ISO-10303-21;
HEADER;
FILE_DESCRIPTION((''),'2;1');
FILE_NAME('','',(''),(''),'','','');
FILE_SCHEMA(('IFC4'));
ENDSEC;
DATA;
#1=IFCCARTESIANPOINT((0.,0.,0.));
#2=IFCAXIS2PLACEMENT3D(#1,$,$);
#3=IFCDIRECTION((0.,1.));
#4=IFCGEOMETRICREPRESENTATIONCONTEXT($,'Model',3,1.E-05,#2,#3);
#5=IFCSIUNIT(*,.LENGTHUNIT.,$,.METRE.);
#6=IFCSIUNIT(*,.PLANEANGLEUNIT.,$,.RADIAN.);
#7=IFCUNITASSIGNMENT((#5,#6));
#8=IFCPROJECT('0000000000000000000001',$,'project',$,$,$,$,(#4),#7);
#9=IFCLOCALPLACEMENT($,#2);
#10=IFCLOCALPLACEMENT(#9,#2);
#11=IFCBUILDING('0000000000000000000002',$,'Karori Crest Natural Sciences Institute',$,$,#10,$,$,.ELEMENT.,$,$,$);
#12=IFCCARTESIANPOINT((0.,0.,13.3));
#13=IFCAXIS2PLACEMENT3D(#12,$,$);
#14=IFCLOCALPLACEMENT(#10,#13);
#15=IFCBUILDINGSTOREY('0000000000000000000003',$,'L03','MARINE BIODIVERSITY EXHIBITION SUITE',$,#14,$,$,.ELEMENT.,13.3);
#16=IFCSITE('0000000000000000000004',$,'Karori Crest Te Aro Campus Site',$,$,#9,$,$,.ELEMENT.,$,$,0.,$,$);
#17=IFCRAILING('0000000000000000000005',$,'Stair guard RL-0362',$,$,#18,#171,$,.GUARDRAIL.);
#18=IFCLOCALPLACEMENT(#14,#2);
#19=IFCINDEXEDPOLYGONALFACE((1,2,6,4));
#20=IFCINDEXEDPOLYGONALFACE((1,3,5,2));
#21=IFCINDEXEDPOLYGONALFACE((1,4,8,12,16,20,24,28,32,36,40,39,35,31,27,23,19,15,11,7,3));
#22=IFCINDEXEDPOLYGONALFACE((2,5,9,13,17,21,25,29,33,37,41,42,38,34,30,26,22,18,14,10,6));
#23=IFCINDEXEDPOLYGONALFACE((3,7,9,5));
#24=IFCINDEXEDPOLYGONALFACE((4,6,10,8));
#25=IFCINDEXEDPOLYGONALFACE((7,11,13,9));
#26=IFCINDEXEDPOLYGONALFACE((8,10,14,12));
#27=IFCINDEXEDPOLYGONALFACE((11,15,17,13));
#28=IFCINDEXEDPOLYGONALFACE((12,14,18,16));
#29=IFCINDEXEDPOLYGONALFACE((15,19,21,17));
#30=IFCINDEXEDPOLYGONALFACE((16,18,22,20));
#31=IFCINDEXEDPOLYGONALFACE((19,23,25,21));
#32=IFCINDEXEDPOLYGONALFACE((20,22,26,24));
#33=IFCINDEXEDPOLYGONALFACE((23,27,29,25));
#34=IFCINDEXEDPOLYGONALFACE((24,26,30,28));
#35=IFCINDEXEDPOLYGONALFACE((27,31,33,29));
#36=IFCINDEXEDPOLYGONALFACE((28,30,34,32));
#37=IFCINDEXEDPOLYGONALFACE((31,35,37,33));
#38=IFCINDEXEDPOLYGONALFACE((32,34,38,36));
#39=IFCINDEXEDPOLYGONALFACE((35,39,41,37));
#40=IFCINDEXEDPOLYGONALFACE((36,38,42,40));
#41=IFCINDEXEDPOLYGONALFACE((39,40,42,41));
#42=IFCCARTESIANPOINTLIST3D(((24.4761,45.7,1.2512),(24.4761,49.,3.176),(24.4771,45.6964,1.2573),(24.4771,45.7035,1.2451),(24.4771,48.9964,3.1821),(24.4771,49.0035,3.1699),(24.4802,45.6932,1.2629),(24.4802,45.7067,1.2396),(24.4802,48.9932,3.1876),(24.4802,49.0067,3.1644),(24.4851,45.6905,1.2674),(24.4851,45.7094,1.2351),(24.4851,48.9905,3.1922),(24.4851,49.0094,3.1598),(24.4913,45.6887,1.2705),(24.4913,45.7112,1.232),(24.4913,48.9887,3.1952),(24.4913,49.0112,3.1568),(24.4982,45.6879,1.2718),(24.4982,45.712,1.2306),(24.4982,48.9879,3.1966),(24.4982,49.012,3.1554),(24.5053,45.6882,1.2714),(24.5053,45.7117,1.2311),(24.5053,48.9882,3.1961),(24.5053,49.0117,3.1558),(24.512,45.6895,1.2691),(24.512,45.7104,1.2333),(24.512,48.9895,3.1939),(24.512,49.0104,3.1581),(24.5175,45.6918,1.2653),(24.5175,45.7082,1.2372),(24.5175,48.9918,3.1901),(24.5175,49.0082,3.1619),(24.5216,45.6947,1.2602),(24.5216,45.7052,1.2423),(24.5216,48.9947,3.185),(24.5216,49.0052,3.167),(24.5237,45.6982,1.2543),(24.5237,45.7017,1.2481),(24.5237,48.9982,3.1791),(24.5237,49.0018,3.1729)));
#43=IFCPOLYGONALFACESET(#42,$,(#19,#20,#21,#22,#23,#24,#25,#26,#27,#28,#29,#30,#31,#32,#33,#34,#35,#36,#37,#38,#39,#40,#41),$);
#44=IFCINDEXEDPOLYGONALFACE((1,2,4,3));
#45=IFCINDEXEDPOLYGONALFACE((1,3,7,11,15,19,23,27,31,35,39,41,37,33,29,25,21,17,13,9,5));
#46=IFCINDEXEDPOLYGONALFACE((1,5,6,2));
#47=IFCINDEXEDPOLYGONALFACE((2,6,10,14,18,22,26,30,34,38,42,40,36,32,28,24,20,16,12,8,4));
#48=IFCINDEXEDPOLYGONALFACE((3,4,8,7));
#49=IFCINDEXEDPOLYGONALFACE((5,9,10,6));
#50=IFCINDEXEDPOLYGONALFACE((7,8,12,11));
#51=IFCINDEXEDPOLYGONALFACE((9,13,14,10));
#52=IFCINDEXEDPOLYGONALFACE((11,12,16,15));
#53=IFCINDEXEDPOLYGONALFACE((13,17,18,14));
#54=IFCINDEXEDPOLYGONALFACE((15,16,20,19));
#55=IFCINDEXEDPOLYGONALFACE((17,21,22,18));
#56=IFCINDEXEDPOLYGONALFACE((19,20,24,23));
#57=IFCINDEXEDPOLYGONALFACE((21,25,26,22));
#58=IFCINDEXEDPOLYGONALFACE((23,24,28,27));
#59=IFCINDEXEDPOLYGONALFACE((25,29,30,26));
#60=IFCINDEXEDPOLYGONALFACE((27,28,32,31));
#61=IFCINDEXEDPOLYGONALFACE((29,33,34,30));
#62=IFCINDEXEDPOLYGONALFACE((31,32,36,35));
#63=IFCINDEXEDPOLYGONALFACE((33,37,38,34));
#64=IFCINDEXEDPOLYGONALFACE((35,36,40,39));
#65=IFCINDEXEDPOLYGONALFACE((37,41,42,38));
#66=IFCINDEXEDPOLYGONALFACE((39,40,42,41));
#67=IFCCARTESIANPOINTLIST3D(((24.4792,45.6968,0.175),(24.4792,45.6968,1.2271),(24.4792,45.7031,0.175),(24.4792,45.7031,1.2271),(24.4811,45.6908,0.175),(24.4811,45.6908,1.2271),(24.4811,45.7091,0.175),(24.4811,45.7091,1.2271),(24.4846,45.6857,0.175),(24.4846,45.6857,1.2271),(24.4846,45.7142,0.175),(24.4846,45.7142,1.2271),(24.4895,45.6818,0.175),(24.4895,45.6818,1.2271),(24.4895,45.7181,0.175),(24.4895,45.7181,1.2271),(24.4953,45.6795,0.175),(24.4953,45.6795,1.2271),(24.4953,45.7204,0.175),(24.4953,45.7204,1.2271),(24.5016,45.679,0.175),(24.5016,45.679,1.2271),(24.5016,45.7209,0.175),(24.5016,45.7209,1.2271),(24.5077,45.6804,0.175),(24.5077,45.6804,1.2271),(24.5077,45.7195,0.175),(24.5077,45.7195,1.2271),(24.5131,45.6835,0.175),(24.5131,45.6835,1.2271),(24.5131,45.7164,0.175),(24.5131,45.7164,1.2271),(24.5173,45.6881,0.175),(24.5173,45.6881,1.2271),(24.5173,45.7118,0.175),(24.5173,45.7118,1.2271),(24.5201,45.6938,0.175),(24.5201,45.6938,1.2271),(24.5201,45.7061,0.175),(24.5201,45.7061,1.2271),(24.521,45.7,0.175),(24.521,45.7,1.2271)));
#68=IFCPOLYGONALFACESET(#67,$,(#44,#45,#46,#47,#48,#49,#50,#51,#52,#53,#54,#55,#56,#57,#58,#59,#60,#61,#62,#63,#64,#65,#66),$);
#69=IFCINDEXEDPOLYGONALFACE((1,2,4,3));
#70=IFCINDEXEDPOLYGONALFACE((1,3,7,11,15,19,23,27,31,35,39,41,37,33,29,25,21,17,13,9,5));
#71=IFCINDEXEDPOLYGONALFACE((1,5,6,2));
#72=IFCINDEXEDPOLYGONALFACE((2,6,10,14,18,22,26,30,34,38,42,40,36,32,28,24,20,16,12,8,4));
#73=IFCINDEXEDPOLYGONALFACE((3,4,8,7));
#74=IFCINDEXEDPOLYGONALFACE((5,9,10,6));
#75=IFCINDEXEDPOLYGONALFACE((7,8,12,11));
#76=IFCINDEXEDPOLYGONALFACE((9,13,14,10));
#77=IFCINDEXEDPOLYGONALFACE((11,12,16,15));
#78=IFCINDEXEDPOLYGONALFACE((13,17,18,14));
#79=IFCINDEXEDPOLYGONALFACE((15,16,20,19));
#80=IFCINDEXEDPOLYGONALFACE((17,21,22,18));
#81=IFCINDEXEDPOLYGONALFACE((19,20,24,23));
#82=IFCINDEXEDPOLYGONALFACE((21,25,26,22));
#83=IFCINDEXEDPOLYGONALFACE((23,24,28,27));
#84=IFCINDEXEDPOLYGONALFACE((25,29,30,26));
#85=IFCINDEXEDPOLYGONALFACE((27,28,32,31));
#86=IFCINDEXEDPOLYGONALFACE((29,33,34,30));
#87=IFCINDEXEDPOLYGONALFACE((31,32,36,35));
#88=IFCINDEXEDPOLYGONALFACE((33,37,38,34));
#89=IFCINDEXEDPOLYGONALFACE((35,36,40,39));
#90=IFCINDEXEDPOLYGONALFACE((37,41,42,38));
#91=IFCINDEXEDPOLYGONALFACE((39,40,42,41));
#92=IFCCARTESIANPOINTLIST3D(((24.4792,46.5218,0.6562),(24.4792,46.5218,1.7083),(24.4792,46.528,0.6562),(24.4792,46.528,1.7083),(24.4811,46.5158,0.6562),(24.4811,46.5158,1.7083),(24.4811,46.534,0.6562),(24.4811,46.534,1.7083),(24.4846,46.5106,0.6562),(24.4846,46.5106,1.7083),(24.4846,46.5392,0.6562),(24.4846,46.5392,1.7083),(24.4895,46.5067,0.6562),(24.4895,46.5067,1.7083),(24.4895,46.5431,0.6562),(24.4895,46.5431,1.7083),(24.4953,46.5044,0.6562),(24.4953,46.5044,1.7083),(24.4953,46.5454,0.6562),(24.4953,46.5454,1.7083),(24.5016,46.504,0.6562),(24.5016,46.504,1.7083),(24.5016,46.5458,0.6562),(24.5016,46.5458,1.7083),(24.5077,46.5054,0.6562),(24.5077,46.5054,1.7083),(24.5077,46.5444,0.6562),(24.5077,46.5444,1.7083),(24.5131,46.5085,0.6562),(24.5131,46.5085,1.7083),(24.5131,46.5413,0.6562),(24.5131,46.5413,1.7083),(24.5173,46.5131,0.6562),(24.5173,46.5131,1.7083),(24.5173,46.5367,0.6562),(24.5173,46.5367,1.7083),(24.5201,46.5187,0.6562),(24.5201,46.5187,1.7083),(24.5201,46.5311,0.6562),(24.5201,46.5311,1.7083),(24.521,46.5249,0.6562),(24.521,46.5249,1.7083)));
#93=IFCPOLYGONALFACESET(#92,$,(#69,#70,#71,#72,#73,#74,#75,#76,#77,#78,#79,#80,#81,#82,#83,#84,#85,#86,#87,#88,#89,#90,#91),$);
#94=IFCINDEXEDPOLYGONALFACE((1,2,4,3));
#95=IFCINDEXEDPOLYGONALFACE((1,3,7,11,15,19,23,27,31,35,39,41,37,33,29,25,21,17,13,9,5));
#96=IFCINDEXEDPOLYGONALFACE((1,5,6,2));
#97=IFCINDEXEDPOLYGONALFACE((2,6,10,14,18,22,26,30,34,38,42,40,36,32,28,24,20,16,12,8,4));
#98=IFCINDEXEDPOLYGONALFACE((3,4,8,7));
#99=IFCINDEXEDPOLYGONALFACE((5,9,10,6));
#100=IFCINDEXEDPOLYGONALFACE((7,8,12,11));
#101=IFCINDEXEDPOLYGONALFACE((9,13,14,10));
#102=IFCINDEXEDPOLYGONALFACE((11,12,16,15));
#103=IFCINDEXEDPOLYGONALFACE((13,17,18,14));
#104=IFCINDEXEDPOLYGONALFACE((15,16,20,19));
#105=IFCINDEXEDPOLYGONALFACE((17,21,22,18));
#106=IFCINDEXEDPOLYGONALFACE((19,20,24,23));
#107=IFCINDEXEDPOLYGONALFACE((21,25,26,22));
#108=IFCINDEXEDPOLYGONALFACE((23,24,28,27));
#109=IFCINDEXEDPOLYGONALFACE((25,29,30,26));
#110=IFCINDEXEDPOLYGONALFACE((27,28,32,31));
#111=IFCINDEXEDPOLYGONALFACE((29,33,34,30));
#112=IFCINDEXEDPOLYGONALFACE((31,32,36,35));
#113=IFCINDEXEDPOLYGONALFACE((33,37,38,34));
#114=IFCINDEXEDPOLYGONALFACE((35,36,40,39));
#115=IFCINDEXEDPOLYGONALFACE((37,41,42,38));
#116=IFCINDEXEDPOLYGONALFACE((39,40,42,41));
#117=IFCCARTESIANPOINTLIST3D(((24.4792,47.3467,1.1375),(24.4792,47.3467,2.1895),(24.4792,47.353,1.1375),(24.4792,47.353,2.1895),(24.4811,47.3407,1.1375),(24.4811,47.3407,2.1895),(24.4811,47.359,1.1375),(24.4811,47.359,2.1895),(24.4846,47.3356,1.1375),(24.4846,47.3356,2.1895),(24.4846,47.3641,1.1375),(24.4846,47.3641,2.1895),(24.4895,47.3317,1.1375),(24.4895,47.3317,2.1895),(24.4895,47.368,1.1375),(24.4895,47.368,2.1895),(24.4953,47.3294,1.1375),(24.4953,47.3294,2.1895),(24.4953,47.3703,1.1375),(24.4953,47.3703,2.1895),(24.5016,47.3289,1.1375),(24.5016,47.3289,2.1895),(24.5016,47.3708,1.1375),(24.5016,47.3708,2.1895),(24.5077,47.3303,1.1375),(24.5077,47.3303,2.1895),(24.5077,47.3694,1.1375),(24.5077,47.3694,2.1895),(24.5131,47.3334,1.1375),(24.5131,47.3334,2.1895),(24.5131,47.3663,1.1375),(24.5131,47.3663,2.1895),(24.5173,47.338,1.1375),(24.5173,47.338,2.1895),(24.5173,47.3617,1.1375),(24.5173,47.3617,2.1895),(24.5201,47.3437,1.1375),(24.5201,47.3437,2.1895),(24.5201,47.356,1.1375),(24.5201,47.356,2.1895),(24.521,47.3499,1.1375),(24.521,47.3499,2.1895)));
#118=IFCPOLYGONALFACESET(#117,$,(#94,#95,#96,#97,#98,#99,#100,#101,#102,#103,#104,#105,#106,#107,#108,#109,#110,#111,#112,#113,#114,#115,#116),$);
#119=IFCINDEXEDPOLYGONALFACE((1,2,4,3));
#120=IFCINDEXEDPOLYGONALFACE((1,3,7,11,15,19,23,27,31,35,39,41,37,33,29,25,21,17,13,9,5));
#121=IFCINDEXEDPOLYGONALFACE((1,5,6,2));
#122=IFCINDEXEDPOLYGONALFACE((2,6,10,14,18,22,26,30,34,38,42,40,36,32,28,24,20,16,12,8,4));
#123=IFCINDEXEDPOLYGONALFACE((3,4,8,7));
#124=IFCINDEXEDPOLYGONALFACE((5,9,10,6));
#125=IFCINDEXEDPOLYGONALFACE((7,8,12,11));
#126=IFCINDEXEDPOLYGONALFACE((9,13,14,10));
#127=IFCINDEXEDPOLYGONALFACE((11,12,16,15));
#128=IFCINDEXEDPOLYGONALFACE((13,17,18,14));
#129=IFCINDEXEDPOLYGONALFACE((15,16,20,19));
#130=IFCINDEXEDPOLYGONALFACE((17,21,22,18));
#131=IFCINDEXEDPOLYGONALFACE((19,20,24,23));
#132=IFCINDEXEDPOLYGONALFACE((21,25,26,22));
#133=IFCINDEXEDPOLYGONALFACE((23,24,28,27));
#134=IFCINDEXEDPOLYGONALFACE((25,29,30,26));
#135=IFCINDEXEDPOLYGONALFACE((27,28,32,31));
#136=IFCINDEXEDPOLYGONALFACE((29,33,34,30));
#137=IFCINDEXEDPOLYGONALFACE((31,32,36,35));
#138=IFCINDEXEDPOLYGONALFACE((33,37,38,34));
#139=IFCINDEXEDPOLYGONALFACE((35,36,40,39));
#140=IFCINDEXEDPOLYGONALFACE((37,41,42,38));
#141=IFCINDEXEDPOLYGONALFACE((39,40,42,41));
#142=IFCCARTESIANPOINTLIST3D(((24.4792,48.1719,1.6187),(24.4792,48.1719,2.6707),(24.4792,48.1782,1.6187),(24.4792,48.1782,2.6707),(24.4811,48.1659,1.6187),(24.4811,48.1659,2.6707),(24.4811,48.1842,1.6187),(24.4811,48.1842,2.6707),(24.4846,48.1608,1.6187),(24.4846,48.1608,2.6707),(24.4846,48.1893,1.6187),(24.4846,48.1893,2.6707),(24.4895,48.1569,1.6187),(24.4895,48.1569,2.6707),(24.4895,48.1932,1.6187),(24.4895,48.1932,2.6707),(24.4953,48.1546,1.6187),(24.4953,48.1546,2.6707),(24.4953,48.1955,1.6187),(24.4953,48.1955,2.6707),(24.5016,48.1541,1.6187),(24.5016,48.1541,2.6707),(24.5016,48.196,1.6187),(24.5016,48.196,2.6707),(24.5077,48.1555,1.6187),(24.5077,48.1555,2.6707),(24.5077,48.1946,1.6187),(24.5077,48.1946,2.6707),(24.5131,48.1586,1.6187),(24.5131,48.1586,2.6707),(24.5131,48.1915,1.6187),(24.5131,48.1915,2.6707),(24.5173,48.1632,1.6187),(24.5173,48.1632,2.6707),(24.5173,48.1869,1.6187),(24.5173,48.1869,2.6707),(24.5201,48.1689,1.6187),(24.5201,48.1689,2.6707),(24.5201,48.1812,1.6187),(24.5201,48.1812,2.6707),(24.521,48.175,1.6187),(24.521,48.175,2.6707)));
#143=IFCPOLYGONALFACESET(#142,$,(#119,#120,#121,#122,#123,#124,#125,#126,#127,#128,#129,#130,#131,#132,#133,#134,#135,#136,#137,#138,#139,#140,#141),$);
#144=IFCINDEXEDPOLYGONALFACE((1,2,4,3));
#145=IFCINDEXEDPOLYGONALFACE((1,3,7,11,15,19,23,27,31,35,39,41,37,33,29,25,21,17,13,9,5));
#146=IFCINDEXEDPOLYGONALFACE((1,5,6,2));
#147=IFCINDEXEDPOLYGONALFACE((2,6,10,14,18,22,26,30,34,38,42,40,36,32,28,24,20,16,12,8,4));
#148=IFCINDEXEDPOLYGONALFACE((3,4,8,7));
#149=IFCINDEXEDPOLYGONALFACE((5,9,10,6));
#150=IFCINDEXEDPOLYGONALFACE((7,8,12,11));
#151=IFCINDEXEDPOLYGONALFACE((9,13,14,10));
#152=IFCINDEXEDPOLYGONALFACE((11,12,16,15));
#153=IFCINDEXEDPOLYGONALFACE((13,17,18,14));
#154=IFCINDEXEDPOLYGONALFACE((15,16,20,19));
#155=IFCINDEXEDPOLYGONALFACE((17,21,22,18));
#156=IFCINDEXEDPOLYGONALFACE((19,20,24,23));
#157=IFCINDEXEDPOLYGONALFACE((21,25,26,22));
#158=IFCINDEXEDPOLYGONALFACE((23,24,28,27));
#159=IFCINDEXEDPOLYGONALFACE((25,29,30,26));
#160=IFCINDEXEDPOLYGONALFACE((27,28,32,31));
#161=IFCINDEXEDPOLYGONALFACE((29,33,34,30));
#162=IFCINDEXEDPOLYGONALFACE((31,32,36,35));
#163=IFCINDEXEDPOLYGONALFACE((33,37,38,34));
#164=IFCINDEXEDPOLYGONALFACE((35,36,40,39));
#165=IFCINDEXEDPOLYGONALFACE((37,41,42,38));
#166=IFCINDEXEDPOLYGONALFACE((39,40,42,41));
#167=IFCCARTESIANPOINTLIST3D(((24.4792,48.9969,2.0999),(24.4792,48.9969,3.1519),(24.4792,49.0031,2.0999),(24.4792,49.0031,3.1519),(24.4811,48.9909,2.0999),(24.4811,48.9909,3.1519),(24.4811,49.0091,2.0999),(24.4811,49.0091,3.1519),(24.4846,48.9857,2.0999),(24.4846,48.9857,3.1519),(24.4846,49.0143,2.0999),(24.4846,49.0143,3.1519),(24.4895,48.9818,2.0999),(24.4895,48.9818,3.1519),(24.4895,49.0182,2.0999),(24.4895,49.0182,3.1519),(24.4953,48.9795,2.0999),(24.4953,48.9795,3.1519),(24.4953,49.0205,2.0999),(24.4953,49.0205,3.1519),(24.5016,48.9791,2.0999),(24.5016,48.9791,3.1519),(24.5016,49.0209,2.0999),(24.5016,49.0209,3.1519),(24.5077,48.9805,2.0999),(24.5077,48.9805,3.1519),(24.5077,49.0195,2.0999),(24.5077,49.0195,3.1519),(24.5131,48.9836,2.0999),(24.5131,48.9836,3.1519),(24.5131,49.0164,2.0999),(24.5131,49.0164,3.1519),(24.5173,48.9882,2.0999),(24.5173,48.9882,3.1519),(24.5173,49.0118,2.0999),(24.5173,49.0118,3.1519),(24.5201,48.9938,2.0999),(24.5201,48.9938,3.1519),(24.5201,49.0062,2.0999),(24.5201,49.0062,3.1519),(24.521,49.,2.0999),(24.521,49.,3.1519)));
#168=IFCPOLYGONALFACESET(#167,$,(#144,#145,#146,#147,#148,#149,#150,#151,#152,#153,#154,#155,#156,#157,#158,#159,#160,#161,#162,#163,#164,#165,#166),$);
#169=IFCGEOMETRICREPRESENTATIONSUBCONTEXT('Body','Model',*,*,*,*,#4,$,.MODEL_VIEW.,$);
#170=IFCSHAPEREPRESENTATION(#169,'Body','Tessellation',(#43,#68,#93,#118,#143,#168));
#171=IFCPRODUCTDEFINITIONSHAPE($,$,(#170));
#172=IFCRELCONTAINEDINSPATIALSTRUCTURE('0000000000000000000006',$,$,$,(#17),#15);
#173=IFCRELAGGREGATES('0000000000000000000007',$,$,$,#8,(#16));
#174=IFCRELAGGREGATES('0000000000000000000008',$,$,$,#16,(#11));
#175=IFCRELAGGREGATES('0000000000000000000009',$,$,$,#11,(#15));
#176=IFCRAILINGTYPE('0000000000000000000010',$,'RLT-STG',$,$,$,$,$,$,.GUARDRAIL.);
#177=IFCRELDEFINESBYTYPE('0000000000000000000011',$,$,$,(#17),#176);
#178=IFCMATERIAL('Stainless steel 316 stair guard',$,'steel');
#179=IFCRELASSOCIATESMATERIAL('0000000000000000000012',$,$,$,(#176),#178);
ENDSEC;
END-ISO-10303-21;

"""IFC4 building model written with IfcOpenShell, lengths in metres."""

from ifc_helpers import new_model, si_unit, direction, frame, origin, origin_2d, place, context, subcontext, project, spatial, circle, extrude, material, type_object, element, save


model = new_model("IFC4")

# Units and contexts
model_context = context("Model", 3, precision=1e-05, world=origin(), true_north=direction((0.0, 1.0)))
body_context = subcontext(model_context, "Body", "Model", "MODEL_VIEW")
ifc_project = project(units=[si_unit("LENGTHUNIT", "METRE"), si_unit("PLANEANGLEUNIT", "RADIAN")], contexts=[model_context])

# Site, building, storey
site_placement = place(None, origin())
site = spatial("IfcSite", under=ifc_project, at=site_placement, Name="Karori Crest Te Aro Campus Site", CompositionType="ELEMENT", RefElevation=0.0)
building_placement = place(site_placement, origin())
building = spatial("IfcBuilding", under=site, at=building_placement, Name="Karori Crest Natural Sciences Institute", CompositionType="ELEMENT")
storey_placement = place(building_placement, frame((0.0, 0.0, 13.3)))
storey = spatial("IfcBuildingStorey", under=building, at=storey_placement, Name="L03", Description="MARINE BIODIVERSITY EXHIBITION SUITE", CompositionType="ELEMENT", Elevation=13.3)

# Railing
ifc_material_1 = material(Name="Stainless steel 316 stair guard", Category="steel")
railing_type_1 = type_object("IfcRailingType", Name="RLT-STG", PredefinedType="GUARDRAIL", material=ifc_material_1)
railing_1_placement = place(storey_placement, frame((24.5, 45.7, 0.175)))
element("IfcRailing", 1, at=railing_1_placement, inside=storey, type_object=railing_type_1, Name="Stair guard RL-0362", PredefinedType="GUARDRAIL", context=body_context, shape_type="SweptSolid", body=[
    extrude(circle(Radius=0.0239, at=origin_2d()), frame((0.0, 0.0, 1.0762), z_axis=(0.0, 0.863804, 0.503827), x_axis=(-1.0, 0.0, 0.0)), (0.0, 0.0, 1.0), 3.8203),
    extrude(circle(Radius=0.021, at=origin_2d()), origin(), (0.0, 0.0, 1.0), 1.052),
    extrude(circle(Radius=0.021, at=origin_2d()), frame((0.0, 0.825, 0.4812)), (0.0, 0.0, 1.0), 1.052),
    extrude(circle(Radius=0.021, at=origin_2d()), frame((0.0, 1.6499, 0.9624)), (0.0, 0.0, 1.0), 1.052),
    extrude(circle(Radius=0.021, at=origin_2d()), frame((0.0, 2.4751, 1.4436)), (0.0, 0.0, 1.0), 1.052),
    extrude(circle(Radius=0.021, at=origin_2d()), frame((0.0, 3.3, 1.9248)), (0.0, 0.0, 1.0), 1.052),
])

save(model, "model.ifc")
